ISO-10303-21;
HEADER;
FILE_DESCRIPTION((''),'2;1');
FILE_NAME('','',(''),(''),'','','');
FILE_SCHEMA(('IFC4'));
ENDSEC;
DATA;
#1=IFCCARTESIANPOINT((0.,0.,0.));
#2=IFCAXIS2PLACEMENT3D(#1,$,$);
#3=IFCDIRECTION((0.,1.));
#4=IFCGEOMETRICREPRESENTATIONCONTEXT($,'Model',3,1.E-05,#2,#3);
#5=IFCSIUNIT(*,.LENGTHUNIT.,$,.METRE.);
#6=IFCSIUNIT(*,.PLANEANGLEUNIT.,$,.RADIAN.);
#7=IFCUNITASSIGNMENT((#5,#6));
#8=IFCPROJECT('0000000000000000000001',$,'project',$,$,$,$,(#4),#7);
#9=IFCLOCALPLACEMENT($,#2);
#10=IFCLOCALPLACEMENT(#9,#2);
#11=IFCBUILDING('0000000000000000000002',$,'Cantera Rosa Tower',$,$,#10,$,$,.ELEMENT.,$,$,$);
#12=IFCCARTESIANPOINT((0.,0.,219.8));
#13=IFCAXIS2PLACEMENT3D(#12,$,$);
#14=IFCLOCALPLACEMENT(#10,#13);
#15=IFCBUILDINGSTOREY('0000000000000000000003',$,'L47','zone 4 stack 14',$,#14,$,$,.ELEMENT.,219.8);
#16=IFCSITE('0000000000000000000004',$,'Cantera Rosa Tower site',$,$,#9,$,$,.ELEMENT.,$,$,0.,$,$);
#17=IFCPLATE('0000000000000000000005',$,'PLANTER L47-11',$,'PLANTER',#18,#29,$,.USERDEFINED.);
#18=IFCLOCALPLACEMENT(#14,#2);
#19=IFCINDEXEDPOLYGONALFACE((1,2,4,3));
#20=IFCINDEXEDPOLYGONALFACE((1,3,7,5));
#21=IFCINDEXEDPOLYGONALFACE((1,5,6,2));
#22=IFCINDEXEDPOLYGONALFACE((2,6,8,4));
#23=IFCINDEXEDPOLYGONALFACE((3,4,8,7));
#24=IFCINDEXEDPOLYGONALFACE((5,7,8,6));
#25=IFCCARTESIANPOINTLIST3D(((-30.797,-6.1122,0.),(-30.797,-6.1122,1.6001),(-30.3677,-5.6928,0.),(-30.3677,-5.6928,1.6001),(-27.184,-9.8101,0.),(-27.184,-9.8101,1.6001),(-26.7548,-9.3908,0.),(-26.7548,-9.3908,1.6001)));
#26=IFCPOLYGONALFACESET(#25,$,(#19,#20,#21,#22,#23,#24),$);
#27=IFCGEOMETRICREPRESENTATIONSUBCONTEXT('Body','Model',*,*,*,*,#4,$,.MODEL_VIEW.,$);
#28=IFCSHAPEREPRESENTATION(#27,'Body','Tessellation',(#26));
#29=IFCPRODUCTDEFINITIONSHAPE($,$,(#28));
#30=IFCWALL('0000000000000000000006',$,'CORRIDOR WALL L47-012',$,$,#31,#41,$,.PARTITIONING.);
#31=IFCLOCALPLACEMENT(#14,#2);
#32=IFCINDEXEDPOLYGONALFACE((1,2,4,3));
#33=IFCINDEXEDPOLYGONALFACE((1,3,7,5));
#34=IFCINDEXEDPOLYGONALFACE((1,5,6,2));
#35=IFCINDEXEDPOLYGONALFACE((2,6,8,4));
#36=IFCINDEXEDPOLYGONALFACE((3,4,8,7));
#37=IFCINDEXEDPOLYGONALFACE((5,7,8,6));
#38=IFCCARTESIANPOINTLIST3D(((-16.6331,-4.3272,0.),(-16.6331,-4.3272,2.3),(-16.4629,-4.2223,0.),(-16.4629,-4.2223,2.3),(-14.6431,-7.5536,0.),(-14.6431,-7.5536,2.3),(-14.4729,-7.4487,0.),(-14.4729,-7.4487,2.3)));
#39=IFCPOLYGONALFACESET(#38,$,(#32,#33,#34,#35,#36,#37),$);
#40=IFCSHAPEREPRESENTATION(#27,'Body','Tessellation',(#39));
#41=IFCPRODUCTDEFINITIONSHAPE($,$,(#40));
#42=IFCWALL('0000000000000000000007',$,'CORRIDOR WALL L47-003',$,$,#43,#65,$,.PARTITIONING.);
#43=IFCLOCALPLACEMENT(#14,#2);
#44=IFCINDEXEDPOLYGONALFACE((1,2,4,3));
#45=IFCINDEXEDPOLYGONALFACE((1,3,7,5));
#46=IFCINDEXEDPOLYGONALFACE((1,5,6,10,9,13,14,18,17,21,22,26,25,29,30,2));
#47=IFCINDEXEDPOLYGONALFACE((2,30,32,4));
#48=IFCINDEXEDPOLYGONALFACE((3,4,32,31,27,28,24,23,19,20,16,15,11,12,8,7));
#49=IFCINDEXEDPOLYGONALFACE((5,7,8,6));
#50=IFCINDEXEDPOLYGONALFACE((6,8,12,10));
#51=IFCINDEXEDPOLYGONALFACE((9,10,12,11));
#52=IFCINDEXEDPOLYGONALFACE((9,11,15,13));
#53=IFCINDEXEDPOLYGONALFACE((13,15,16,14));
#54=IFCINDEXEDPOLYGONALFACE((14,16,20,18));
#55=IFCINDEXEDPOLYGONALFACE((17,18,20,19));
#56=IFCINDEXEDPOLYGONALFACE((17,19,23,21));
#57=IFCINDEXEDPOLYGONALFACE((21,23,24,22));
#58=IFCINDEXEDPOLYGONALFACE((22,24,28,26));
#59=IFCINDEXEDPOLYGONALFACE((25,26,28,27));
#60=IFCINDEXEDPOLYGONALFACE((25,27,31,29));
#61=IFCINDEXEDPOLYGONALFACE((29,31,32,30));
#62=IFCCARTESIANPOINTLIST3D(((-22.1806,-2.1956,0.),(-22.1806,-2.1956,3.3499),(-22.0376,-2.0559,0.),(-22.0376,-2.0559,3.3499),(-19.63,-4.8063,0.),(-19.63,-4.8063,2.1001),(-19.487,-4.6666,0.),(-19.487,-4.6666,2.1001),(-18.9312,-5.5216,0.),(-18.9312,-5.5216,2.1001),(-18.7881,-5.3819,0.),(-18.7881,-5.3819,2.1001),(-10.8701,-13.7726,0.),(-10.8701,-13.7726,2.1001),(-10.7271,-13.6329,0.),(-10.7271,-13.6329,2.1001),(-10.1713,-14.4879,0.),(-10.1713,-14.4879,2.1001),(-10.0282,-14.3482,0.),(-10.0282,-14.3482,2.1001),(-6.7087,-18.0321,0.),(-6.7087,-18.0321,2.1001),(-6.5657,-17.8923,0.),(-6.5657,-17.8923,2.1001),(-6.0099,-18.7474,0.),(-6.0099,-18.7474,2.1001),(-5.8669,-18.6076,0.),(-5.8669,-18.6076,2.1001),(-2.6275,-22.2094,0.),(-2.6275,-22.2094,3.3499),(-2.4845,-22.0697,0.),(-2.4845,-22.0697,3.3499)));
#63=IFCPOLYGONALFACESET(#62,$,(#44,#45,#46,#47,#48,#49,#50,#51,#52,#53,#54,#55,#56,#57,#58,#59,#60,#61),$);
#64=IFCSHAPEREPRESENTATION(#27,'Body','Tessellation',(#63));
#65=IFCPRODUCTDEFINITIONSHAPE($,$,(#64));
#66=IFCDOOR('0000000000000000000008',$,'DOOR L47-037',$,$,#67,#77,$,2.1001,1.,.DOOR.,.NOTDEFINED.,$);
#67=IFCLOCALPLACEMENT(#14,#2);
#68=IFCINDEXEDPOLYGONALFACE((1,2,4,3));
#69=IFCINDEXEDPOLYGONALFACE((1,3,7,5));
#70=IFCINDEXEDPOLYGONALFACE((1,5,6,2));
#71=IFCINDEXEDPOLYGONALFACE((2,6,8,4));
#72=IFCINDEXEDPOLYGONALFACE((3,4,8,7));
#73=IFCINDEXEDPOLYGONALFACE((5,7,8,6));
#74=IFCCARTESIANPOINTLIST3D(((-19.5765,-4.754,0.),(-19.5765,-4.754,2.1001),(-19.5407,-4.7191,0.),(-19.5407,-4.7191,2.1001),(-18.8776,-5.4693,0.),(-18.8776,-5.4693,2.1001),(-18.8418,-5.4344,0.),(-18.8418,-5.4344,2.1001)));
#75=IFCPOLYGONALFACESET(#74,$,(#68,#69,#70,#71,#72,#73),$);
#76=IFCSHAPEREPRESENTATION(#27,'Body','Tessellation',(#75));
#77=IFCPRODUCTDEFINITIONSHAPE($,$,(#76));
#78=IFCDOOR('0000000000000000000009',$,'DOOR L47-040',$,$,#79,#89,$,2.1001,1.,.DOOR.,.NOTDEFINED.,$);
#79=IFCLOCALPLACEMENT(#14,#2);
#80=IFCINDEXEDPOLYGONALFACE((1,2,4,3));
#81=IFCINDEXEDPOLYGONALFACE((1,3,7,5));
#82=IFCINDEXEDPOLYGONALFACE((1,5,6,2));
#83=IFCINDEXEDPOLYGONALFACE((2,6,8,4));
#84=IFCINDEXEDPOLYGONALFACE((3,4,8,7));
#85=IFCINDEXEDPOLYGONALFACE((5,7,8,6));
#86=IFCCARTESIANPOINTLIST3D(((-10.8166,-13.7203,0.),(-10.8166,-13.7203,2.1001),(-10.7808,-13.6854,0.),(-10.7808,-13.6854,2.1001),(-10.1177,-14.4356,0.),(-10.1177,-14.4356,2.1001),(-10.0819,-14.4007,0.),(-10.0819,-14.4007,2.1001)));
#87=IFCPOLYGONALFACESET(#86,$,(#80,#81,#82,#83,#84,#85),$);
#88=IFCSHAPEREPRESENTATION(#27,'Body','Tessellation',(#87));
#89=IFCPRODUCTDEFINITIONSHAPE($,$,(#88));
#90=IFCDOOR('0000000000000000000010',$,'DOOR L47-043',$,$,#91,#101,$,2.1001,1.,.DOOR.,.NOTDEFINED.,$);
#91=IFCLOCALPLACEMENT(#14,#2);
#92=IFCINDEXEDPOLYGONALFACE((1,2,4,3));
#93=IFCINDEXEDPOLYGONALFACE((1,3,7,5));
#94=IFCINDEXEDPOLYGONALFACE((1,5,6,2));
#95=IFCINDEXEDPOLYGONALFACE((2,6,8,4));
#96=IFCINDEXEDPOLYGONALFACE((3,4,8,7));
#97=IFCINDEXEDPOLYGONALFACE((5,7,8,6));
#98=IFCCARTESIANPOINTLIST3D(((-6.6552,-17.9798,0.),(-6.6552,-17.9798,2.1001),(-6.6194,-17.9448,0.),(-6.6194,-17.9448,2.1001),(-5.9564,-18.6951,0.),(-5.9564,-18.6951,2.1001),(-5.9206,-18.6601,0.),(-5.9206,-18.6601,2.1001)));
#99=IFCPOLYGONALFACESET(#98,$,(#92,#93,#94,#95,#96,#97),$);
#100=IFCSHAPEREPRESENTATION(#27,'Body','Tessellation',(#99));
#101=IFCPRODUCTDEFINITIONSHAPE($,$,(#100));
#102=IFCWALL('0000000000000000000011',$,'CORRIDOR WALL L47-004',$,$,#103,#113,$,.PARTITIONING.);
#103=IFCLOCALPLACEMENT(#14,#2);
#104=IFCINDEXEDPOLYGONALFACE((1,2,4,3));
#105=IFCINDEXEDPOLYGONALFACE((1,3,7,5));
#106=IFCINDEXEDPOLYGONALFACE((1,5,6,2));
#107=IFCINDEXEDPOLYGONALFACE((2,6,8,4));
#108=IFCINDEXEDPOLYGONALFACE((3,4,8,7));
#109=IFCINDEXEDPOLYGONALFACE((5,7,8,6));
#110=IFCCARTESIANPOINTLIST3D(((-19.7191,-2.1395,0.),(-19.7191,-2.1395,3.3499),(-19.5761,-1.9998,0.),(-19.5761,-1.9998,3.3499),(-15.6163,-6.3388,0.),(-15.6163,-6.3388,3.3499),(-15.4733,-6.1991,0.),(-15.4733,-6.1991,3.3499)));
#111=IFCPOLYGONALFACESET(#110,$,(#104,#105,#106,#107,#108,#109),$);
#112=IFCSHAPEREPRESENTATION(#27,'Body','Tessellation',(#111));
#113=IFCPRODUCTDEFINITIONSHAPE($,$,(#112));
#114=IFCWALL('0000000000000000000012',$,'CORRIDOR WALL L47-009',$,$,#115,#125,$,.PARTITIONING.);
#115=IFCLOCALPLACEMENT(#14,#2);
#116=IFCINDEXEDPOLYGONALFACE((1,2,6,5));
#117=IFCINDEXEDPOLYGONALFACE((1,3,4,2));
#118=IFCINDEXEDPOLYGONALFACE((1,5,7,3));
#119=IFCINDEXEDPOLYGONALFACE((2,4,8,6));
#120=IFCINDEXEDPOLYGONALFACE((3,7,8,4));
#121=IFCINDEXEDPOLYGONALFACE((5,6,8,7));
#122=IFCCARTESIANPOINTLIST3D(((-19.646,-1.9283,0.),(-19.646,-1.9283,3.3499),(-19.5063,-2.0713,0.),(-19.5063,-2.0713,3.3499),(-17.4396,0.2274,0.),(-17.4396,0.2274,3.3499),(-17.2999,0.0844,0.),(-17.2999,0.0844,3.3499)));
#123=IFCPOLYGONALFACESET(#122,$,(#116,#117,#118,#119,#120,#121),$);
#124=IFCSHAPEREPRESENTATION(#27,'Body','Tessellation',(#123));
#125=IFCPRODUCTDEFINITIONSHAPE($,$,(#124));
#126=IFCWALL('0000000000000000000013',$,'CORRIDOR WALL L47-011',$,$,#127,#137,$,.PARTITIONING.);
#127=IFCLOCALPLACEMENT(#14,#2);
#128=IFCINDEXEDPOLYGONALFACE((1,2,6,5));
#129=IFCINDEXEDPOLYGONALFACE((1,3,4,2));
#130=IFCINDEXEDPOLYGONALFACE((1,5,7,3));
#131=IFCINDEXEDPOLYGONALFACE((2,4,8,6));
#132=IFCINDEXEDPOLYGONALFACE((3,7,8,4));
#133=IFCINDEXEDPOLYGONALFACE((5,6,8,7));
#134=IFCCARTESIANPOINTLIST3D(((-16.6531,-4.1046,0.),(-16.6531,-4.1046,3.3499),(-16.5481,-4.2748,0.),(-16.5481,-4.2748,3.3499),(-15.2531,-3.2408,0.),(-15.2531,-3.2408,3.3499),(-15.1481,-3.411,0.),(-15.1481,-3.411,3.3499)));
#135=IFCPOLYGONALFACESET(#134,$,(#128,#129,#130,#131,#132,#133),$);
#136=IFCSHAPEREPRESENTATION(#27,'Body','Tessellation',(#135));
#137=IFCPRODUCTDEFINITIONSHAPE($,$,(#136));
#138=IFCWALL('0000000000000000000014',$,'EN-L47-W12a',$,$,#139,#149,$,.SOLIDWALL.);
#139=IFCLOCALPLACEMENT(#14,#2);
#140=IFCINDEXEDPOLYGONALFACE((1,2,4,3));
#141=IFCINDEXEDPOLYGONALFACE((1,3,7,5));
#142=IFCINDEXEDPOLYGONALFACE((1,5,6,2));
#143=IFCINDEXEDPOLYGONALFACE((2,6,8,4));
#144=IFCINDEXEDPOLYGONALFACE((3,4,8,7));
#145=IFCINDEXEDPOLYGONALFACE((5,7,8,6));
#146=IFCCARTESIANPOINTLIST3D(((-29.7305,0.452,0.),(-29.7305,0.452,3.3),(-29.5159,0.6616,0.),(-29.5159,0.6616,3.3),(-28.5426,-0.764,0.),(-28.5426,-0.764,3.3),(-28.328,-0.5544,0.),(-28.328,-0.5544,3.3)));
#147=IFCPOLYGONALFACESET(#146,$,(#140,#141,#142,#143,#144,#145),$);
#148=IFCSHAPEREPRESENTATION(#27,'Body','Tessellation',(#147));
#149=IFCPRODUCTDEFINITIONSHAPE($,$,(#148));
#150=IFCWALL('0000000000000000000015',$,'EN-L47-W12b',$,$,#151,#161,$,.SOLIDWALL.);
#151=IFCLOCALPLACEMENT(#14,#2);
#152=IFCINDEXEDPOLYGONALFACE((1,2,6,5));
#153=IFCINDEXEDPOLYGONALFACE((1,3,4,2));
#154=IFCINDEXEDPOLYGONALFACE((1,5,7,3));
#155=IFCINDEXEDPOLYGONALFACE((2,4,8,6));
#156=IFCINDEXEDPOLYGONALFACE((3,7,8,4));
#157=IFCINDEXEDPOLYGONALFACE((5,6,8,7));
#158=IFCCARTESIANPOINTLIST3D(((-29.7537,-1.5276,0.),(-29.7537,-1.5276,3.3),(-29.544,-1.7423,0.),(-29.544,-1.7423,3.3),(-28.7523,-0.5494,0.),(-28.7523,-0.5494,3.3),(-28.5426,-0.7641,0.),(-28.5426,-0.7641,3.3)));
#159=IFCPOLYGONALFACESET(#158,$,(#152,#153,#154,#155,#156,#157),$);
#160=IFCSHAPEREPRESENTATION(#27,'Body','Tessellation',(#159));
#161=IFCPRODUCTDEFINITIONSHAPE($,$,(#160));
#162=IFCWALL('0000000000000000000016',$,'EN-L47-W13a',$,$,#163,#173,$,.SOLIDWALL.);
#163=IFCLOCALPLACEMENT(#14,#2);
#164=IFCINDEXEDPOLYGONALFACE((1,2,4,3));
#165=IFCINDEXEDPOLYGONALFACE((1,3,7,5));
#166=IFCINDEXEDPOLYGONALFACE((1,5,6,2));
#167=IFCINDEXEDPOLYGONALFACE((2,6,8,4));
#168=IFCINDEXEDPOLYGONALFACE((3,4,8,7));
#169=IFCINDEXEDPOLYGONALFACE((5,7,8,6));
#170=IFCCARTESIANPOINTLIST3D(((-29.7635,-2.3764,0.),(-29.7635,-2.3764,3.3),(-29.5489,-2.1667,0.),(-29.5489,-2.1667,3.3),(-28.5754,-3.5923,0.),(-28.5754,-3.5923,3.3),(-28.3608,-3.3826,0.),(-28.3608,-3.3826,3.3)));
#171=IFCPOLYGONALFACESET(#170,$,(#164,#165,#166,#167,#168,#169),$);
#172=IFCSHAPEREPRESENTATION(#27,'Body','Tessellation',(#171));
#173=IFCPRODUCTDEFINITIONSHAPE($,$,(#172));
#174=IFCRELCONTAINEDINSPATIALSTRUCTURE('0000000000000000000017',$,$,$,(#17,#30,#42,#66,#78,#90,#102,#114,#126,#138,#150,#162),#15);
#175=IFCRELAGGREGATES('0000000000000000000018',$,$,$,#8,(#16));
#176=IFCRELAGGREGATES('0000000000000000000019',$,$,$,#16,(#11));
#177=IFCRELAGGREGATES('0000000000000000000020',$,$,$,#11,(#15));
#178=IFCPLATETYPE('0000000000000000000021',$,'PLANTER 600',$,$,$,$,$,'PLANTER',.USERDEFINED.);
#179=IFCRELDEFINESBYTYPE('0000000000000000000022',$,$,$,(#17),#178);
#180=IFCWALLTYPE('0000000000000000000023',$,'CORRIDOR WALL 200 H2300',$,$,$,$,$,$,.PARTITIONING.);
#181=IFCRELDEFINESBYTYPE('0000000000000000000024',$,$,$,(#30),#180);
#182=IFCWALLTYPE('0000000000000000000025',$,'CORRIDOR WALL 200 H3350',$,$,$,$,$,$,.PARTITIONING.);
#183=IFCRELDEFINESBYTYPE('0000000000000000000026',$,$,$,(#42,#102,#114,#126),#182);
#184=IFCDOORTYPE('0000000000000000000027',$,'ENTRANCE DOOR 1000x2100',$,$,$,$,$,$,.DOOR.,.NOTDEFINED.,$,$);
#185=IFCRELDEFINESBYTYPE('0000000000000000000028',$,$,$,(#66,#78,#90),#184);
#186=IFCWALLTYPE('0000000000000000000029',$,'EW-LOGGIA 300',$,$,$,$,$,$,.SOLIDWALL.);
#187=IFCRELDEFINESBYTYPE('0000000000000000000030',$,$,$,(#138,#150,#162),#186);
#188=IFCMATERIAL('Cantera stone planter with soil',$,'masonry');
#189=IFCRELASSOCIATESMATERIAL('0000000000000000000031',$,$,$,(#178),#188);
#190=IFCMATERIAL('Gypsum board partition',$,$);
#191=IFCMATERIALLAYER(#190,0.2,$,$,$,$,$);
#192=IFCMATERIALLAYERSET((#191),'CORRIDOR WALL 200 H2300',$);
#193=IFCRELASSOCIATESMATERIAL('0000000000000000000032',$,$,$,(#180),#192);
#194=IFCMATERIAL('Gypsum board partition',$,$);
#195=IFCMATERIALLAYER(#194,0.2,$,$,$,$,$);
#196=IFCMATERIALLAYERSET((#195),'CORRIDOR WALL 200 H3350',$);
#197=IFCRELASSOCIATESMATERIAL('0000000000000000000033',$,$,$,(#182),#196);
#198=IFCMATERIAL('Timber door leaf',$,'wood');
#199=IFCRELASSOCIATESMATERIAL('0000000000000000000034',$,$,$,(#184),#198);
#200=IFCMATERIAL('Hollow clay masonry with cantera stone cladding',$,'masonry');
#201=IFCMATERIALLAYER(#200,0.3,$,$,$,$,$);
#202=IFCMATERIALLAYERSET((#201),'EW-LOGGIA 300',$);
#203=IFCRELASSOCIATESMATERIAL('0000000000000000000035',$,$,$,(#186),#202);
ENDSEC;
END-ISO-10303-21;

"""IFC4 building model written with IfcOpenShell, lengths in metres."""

from ifc_helpers import new_model, si_unit, direction, frame, frame_2d, origin, origin_2d, place, context, subcontext, project, spatial, rectangle, extrude, material, layer, layer_set, type_object, element, fill, save


model = new_model("IFC4")

# Units and contexts
model_context = context("Model", 3, precision=1e-05, world=origin(), true_north=direction((0.0, 1.0)))
body_context = subcontext(model_context, "Body", "Model", "MODEL_VIEW")
ifc_project = project(units=[si_unit("LENGTHUNIT", "METRE"), si_unit("PLANEANGLEUNIT", "RADIAN")], contexts=[model_context])

# Site, building, storey
site_placement = place(None, origin())
site = spatial("IfcSite", under=ifc_project, at=site_placement, Name="Cantera Rosa Tower site", CompositionType="ELEMENT", RefElevation=0.0)
building_placement = place(site_placement, origin())
building = spatial("IfcBuilding", under=site, at=building_placement, Name="Cantera Rosa Tower", CompositionType="ELEMENT")
storey_placement = place(building_placement, frame((0.0, 0.0, 219.8)))
storey = spatial("IfcBuildingStorey", under=building, at=storey_placement, Name="L47", Description="zone 4 stack 14", CompositionType="ELEMENT", Elevation=219.8)

# Plate
ifc_material_1 = material(Name="Cantera stone planter with soil", Category="masonry")
plate_type = type_object("IfcPlateType", Name="PLANTER 600", ElementType="PLANTER", PredefinedType="USERDEFINED", material=ifc_material_1)
plate_placement = place(storey_placement, frame((-28.7759, -7.7515, 0.0), z_axis=(0.0, 0.0, 1.0), x_axis=(0.698832, -0.715286, 0.0)))
element("IfcPlate", 1, at=plate_placement, inside=storey, type_object=plate_type, Name="PLANTER L47-11", ObjectType="PLANTER", PredefinedType="USERDEFINED", context=body_context, shape_type="SweptSolid", body=[
    extrude(rectangle(XDim=5.1699, YDim=0.6001, at=origin_2d()), origin(), (0.0, 0.0, 1.0), 1.6001),
])

# Wall
ifc_material_2 = material(Name="Gypsum board partition")
ifc_layer_1 = layer(ifc_material_2, 0.2)
ifc_layer_set_1 = layer_set([ifc_layer_1], Name="CORRIDOR WALL 200 H2300")
wall_type_1 = type_object("IfcWallType", Name="CORRIDOR WALL 200 H2300", PredefinedType="PARTITIONING", material=ifc_layer_set_1)
wall_1_placement = place(storey_placement, frame((-16.5481, -4.2747, 0.0), z_axis=(0.0, 0.0, 1.0), x_axis=(0.52497, -0.851121, 0.0)))
element("IfcWall", 2, at=wall_1_placement, inside=storey, type_object=wall_type_1, Name="CORRIDOR WALL L47-012", PredefinedType="PARTITIONING", context=body_context, shape_type="SweptSolid", body=[
    extrude(rectangle(XDim=3.7908, YDim=0.2, at=frame_2d((1.8955, 0.0))), origin(), (0.0, 0.0, 1.0), 2.3),
])

# Wall, openings, doors
ifc_material_3 = material(Name="Gypsum board partition")
ifc_layer_2 = layer(ifc_material_3, 0.2)
ifc_layer_set_2 = layer_set([ifc_layer_2], Name="CORRIDOR WALL 200 H3350")
wall_type_2 = type_object("IfcWallType", Name="CORRIDOR WALL 200 H3350", PredefinedType="PARTITIONING", material=ifc_layer_set_2)
wall_2_placement = place(storey_placement, frame((-22.1091, -2.1257, 0.0), z_axis=(0.0, 0.0, 1.0), x_axis=(0.698826, -0.715291, 0.0)))
wall_2 = element("IfcWall", 3, at=wall_2_placement, inside=storey, type_object=wall_type_2, Name="CORRIDOR WALL L47-003", PredefinedType="PARTITIONING", context=body_context, shape_type="SweptSolid", body=[
    extrude(rectangle(XDim=27.98, YDim=0.2, at=frame_2d((13.99, 0.0))), origin(), (0.0, 0.0, 1.0), 3.3499),
])
opening_1_placement = place(wall_2_placement, frame((3.6499, 0.0, 0.0)))
opening_1 = element("IfcOpeningElement", 4, at=opening_1_placement, cuts=wall_2, PredefinedType="OPENING", context=body_context, shape_type="SweptSolid", body=[
    extrude(rectangle(XDim=1.0, YDim=2.1001, at=frame_2d((0.5, 1.05))), frame((0.0, 0.1099, 0.0), z_axis=(0.0, -1.0, 0.0), x_axis=(1.0, 0.0, 0.0)), (0.0, 0.0, 1.0), 0.22),
])
opening_2_placement = place(wall_2_placement, frame((16.1851, 0.0, 0.0)))
opening_2 = element("IfcOpeningElement", 5, at=opening_2_placement, cuts=wall_2, PredefinedType="OPENING", context=body_context, shape_type="SweptSolid", body=[
    extrude(rectangle(XDim=1.0, YDim=2.1001, at=frame_2d((0.5, 1.05))), frame((0.0, 0.1099, 0.0), z_axis=(0.0, -1.0, 0.0), x_axis=(1.0, 0.0, 0.0)), (0.0, 0.0, 1.0), 0.22),
])
opening_3_placement = place(wall_2_placement, frame((22.1399, 0.0, 0.0)))
opening_3 = element("IfcOpeningElement", 6, at=opening_3_placement, cuts=wall_2, PredefinedType="OPENING", context=body_context, shape_type="SweptSolid", body=[
    extrude(rectangle(XDim=1.0, YDim=2.1001, at=frame_2d((0.5, 1.05))), frame((0.0, 0.1099, 0.0), z_axis=(0.0, -1.0, 0.0), x_axis=(1.0, 0.0, 0.0)), (0.0, 0.0, 1.0), 0.22),
])
ifc_material_4 = material(Name="Timber door leaf", Category="wood")
door_type_1 = type_object("IfcDoorType", Name="ENTRANCE DOOR 1000x2100", OperationType="NOTDEFINED", PredefinedType="DOOR", material=ifc_material_4)
door_1_placement = place(opening_1_placement, origin())
door_1 = element("IfcDoor", 7, at=door_1_placement, inside=storey, type_object=door_type_1, Name="DOOR L47-037", OperationType="NOTDEFINED", OverallHeight=2.1001, OverallWidth=1.0, PredefinedType="DOOR", context=body_context, shape_type="SweptSolid", body=[
    extrude(rectangle(XDim=1.0, YDim=2.1001, at=frame_2d((0.5, 1.05))), frame((0.0, 0.0249, 0.0), z_axis=(0.0, -1.0, 0.0), x_axis=(1.0, 0.0, 0.0)), (0.0, 0.0, 1.0), 0.05),
])
fill(opening_1, door_1)
door_2_placement = place(opening_2_placement, origin())
door_2 = element("IfcDoor", 8, at=door_2_placement, inside=storey, type_object=door_type_1, Name="DOOR L47-040", OperationType="NOTDEFINED", OverallHeight=2.1001, OverallWidth=1.0, PredefinedType="DOOR", context=body_context, shape_type="SweptSolid", body=[
    extrude(rectangle(XDim=1.0, YDim=2.1001, at=frame_2d((0.5, 1.05))), frame((0.0, 0.0249, 0.0), z_axis=(0.0, -1.0, 0.0), x_axis=(1.0, 0.0, 0.0)), (0.0, 0.0, 1.0), 0.05),
])
fill(opening_2, door_2)
door_3_placement = place(opening_3_placement, origin())
door_3 = element("IfcDoor", 9, at=door_3_placement, inside=storey, type_object=door_type_1, Name="DOOR L47-043", OperationType="NOTDEFINED", OverallHeight=2.1001, OverallWidth=1.0, PredefinedType="DOOR", context=body_context, shape_type="SweptSolid", body=[
    extrude(rectangle(XDim=1.0, YDim=2.1001, at=frame_2d((0.5, 1.05))), frame((0.0, 0.0249, 0.0), z_axis=(0.0, -1.0, 0.0), x_axis=(1.0, 0.0, 0.0)), (0.0, 0.0, 1.0), 0.05),
])
fill(opening_3, door_3)

# Walls
wall_3_placement = place(storey_placement, frame((-19.6477, -2.0696, 0.0), z_axis=(0.0, 0.0, 1.0), x_axis=(0.698846, -0.715272, 0.0)))
element("IfcWall", 10, at=wall_3_placement, inside=storey, type_object=wall_type_2, Name="CORRIDOR WALL L47-004", PredefinedType="PARTITIONING", context=body_context, shape_type="SweptSolid", body=[
    extrude(rectangle(XDim=5.8708, YDim=0.2, at=frame_2d((2.9355, 0.0))), origin(), (0.0, 0.0, 1.0), 3.3499),
])
wall_4_placement = place(storey_placement, frame((-17.3696, 0.156, 0.0), z_axis=(0.0, 0.0, 1.0), x_axis=(-0.71529, -0.698828, 0.0)))
element("IfcWall", 11, at=wall_4_placement, inside=storey, type_object=wall_type_2, Name="CORRIDOR WALL L47-009", PredefinedType="PARTITIONING", context=body_context, shape_type="SweptSolid", body=[
    extrude(rectangle(XDim=3.0847, YDim=0.2, at=frame_2d((1.5425, 0.0))), origin(), (0.0, 0.0, 1.0), 3.3499),
])
wall_5_placement = place(storey_placement, frame((-16.6006, -4.1897, 0.0), z_axis=(0.0, 0.0, 1.0), x_axis=(0.851036, 0.525107, 0.0)))
element("IfcWall", 12, at=wall_5_placement, inside=storey, type_object=wall_type_2, Name="CORRIDOR WALL L47-011", PredefinedType="PARTITIONING", context=body_context, shape_type="SweptSolid", body=[
    extrude(rectangle(XDim=1.645, YDim=0.2, at=frame_2d((0.8225, 0.0))), origin(), (0.0, 0.0, 1.0), 3.3499),
])
ifc_material_5 = material(Name="Hollow clay masonry with cantera stone cladding", Category="masonry")
ifc_layer_3 = layer(ifc_material_5, 0.3)
ifc_layer_set_3 = layer_set([ifc_layer_3], Name="EW-LOGGIA 300")
wall_type_3 = type_object("IfcWallType", Name="EW-LOGGIA 300", PredefinedType="SOLIDWALL", material=ifc_layer_set_3)
wall_6_placement = place(storey_placement, frame((-29.6233, 0.5569, 0.0), z_axis=(0.0, 0.0, 1.0), x_axis=(0.698801, -0.715316, 0.0)))
element("IfcWall", 13, at=wall_6_placement, inside=storey, type_object=wall_type_3, Name="EN-L47-W12a", PredefinedType="SOLIDWALL", context=body_context, shape_type="SweptSolid", body=[
    extrude(rectangle(XDim=1.7, YDim=0.3, at=frame_2d((0.8501, 0.0))), origin(), (0.0, 0.0, 1.0), 3.3),
])
wall_7_placement = place(storey_placement, frame((-28.6475, -0.6567, 0.0), z_axis=(0.0, 0.0, 1.0), x_axis=(-0.715342, -0.698775, 0.0)))
element("IfcWall", 14, at=wall_7_placement, inside=storey, type_object=wall_type_3, Name="EN-L47-W12b", PredefinedType="SOLIDWALL", context=body_context, shape_type="SweptSolid", body=[
    extrude(rectangle(XDim=1.3999, YDim=0.3, at=frame_2d((0.7, 0.0))), origin(), (0.0, 0.0, 1.0), 3.3),
])
wall_8_placement = place(storey_placement, frame((-29.6562, -2.2715, 0.0), z_axis=(0.0, 0.0, 1.0), x_axis=(0.698873, -0.715246, 0.0)))
element("IfcWall", 15, at=wall_8_placement, inside=storey, type_object=wall_type_3, Name="EN-L47-W13a", PredefinedType="SOLIDWALL", context=body_context, shape_type="SweptSolid", body=[
    extrude(rectangle(XDim=1.7, YDim=0.3, at=frame_2d((0.8501, 0.0))), origin(), (0.0, 0.0, 1.0), 3.3),
])

save(model, "model.ifc")
